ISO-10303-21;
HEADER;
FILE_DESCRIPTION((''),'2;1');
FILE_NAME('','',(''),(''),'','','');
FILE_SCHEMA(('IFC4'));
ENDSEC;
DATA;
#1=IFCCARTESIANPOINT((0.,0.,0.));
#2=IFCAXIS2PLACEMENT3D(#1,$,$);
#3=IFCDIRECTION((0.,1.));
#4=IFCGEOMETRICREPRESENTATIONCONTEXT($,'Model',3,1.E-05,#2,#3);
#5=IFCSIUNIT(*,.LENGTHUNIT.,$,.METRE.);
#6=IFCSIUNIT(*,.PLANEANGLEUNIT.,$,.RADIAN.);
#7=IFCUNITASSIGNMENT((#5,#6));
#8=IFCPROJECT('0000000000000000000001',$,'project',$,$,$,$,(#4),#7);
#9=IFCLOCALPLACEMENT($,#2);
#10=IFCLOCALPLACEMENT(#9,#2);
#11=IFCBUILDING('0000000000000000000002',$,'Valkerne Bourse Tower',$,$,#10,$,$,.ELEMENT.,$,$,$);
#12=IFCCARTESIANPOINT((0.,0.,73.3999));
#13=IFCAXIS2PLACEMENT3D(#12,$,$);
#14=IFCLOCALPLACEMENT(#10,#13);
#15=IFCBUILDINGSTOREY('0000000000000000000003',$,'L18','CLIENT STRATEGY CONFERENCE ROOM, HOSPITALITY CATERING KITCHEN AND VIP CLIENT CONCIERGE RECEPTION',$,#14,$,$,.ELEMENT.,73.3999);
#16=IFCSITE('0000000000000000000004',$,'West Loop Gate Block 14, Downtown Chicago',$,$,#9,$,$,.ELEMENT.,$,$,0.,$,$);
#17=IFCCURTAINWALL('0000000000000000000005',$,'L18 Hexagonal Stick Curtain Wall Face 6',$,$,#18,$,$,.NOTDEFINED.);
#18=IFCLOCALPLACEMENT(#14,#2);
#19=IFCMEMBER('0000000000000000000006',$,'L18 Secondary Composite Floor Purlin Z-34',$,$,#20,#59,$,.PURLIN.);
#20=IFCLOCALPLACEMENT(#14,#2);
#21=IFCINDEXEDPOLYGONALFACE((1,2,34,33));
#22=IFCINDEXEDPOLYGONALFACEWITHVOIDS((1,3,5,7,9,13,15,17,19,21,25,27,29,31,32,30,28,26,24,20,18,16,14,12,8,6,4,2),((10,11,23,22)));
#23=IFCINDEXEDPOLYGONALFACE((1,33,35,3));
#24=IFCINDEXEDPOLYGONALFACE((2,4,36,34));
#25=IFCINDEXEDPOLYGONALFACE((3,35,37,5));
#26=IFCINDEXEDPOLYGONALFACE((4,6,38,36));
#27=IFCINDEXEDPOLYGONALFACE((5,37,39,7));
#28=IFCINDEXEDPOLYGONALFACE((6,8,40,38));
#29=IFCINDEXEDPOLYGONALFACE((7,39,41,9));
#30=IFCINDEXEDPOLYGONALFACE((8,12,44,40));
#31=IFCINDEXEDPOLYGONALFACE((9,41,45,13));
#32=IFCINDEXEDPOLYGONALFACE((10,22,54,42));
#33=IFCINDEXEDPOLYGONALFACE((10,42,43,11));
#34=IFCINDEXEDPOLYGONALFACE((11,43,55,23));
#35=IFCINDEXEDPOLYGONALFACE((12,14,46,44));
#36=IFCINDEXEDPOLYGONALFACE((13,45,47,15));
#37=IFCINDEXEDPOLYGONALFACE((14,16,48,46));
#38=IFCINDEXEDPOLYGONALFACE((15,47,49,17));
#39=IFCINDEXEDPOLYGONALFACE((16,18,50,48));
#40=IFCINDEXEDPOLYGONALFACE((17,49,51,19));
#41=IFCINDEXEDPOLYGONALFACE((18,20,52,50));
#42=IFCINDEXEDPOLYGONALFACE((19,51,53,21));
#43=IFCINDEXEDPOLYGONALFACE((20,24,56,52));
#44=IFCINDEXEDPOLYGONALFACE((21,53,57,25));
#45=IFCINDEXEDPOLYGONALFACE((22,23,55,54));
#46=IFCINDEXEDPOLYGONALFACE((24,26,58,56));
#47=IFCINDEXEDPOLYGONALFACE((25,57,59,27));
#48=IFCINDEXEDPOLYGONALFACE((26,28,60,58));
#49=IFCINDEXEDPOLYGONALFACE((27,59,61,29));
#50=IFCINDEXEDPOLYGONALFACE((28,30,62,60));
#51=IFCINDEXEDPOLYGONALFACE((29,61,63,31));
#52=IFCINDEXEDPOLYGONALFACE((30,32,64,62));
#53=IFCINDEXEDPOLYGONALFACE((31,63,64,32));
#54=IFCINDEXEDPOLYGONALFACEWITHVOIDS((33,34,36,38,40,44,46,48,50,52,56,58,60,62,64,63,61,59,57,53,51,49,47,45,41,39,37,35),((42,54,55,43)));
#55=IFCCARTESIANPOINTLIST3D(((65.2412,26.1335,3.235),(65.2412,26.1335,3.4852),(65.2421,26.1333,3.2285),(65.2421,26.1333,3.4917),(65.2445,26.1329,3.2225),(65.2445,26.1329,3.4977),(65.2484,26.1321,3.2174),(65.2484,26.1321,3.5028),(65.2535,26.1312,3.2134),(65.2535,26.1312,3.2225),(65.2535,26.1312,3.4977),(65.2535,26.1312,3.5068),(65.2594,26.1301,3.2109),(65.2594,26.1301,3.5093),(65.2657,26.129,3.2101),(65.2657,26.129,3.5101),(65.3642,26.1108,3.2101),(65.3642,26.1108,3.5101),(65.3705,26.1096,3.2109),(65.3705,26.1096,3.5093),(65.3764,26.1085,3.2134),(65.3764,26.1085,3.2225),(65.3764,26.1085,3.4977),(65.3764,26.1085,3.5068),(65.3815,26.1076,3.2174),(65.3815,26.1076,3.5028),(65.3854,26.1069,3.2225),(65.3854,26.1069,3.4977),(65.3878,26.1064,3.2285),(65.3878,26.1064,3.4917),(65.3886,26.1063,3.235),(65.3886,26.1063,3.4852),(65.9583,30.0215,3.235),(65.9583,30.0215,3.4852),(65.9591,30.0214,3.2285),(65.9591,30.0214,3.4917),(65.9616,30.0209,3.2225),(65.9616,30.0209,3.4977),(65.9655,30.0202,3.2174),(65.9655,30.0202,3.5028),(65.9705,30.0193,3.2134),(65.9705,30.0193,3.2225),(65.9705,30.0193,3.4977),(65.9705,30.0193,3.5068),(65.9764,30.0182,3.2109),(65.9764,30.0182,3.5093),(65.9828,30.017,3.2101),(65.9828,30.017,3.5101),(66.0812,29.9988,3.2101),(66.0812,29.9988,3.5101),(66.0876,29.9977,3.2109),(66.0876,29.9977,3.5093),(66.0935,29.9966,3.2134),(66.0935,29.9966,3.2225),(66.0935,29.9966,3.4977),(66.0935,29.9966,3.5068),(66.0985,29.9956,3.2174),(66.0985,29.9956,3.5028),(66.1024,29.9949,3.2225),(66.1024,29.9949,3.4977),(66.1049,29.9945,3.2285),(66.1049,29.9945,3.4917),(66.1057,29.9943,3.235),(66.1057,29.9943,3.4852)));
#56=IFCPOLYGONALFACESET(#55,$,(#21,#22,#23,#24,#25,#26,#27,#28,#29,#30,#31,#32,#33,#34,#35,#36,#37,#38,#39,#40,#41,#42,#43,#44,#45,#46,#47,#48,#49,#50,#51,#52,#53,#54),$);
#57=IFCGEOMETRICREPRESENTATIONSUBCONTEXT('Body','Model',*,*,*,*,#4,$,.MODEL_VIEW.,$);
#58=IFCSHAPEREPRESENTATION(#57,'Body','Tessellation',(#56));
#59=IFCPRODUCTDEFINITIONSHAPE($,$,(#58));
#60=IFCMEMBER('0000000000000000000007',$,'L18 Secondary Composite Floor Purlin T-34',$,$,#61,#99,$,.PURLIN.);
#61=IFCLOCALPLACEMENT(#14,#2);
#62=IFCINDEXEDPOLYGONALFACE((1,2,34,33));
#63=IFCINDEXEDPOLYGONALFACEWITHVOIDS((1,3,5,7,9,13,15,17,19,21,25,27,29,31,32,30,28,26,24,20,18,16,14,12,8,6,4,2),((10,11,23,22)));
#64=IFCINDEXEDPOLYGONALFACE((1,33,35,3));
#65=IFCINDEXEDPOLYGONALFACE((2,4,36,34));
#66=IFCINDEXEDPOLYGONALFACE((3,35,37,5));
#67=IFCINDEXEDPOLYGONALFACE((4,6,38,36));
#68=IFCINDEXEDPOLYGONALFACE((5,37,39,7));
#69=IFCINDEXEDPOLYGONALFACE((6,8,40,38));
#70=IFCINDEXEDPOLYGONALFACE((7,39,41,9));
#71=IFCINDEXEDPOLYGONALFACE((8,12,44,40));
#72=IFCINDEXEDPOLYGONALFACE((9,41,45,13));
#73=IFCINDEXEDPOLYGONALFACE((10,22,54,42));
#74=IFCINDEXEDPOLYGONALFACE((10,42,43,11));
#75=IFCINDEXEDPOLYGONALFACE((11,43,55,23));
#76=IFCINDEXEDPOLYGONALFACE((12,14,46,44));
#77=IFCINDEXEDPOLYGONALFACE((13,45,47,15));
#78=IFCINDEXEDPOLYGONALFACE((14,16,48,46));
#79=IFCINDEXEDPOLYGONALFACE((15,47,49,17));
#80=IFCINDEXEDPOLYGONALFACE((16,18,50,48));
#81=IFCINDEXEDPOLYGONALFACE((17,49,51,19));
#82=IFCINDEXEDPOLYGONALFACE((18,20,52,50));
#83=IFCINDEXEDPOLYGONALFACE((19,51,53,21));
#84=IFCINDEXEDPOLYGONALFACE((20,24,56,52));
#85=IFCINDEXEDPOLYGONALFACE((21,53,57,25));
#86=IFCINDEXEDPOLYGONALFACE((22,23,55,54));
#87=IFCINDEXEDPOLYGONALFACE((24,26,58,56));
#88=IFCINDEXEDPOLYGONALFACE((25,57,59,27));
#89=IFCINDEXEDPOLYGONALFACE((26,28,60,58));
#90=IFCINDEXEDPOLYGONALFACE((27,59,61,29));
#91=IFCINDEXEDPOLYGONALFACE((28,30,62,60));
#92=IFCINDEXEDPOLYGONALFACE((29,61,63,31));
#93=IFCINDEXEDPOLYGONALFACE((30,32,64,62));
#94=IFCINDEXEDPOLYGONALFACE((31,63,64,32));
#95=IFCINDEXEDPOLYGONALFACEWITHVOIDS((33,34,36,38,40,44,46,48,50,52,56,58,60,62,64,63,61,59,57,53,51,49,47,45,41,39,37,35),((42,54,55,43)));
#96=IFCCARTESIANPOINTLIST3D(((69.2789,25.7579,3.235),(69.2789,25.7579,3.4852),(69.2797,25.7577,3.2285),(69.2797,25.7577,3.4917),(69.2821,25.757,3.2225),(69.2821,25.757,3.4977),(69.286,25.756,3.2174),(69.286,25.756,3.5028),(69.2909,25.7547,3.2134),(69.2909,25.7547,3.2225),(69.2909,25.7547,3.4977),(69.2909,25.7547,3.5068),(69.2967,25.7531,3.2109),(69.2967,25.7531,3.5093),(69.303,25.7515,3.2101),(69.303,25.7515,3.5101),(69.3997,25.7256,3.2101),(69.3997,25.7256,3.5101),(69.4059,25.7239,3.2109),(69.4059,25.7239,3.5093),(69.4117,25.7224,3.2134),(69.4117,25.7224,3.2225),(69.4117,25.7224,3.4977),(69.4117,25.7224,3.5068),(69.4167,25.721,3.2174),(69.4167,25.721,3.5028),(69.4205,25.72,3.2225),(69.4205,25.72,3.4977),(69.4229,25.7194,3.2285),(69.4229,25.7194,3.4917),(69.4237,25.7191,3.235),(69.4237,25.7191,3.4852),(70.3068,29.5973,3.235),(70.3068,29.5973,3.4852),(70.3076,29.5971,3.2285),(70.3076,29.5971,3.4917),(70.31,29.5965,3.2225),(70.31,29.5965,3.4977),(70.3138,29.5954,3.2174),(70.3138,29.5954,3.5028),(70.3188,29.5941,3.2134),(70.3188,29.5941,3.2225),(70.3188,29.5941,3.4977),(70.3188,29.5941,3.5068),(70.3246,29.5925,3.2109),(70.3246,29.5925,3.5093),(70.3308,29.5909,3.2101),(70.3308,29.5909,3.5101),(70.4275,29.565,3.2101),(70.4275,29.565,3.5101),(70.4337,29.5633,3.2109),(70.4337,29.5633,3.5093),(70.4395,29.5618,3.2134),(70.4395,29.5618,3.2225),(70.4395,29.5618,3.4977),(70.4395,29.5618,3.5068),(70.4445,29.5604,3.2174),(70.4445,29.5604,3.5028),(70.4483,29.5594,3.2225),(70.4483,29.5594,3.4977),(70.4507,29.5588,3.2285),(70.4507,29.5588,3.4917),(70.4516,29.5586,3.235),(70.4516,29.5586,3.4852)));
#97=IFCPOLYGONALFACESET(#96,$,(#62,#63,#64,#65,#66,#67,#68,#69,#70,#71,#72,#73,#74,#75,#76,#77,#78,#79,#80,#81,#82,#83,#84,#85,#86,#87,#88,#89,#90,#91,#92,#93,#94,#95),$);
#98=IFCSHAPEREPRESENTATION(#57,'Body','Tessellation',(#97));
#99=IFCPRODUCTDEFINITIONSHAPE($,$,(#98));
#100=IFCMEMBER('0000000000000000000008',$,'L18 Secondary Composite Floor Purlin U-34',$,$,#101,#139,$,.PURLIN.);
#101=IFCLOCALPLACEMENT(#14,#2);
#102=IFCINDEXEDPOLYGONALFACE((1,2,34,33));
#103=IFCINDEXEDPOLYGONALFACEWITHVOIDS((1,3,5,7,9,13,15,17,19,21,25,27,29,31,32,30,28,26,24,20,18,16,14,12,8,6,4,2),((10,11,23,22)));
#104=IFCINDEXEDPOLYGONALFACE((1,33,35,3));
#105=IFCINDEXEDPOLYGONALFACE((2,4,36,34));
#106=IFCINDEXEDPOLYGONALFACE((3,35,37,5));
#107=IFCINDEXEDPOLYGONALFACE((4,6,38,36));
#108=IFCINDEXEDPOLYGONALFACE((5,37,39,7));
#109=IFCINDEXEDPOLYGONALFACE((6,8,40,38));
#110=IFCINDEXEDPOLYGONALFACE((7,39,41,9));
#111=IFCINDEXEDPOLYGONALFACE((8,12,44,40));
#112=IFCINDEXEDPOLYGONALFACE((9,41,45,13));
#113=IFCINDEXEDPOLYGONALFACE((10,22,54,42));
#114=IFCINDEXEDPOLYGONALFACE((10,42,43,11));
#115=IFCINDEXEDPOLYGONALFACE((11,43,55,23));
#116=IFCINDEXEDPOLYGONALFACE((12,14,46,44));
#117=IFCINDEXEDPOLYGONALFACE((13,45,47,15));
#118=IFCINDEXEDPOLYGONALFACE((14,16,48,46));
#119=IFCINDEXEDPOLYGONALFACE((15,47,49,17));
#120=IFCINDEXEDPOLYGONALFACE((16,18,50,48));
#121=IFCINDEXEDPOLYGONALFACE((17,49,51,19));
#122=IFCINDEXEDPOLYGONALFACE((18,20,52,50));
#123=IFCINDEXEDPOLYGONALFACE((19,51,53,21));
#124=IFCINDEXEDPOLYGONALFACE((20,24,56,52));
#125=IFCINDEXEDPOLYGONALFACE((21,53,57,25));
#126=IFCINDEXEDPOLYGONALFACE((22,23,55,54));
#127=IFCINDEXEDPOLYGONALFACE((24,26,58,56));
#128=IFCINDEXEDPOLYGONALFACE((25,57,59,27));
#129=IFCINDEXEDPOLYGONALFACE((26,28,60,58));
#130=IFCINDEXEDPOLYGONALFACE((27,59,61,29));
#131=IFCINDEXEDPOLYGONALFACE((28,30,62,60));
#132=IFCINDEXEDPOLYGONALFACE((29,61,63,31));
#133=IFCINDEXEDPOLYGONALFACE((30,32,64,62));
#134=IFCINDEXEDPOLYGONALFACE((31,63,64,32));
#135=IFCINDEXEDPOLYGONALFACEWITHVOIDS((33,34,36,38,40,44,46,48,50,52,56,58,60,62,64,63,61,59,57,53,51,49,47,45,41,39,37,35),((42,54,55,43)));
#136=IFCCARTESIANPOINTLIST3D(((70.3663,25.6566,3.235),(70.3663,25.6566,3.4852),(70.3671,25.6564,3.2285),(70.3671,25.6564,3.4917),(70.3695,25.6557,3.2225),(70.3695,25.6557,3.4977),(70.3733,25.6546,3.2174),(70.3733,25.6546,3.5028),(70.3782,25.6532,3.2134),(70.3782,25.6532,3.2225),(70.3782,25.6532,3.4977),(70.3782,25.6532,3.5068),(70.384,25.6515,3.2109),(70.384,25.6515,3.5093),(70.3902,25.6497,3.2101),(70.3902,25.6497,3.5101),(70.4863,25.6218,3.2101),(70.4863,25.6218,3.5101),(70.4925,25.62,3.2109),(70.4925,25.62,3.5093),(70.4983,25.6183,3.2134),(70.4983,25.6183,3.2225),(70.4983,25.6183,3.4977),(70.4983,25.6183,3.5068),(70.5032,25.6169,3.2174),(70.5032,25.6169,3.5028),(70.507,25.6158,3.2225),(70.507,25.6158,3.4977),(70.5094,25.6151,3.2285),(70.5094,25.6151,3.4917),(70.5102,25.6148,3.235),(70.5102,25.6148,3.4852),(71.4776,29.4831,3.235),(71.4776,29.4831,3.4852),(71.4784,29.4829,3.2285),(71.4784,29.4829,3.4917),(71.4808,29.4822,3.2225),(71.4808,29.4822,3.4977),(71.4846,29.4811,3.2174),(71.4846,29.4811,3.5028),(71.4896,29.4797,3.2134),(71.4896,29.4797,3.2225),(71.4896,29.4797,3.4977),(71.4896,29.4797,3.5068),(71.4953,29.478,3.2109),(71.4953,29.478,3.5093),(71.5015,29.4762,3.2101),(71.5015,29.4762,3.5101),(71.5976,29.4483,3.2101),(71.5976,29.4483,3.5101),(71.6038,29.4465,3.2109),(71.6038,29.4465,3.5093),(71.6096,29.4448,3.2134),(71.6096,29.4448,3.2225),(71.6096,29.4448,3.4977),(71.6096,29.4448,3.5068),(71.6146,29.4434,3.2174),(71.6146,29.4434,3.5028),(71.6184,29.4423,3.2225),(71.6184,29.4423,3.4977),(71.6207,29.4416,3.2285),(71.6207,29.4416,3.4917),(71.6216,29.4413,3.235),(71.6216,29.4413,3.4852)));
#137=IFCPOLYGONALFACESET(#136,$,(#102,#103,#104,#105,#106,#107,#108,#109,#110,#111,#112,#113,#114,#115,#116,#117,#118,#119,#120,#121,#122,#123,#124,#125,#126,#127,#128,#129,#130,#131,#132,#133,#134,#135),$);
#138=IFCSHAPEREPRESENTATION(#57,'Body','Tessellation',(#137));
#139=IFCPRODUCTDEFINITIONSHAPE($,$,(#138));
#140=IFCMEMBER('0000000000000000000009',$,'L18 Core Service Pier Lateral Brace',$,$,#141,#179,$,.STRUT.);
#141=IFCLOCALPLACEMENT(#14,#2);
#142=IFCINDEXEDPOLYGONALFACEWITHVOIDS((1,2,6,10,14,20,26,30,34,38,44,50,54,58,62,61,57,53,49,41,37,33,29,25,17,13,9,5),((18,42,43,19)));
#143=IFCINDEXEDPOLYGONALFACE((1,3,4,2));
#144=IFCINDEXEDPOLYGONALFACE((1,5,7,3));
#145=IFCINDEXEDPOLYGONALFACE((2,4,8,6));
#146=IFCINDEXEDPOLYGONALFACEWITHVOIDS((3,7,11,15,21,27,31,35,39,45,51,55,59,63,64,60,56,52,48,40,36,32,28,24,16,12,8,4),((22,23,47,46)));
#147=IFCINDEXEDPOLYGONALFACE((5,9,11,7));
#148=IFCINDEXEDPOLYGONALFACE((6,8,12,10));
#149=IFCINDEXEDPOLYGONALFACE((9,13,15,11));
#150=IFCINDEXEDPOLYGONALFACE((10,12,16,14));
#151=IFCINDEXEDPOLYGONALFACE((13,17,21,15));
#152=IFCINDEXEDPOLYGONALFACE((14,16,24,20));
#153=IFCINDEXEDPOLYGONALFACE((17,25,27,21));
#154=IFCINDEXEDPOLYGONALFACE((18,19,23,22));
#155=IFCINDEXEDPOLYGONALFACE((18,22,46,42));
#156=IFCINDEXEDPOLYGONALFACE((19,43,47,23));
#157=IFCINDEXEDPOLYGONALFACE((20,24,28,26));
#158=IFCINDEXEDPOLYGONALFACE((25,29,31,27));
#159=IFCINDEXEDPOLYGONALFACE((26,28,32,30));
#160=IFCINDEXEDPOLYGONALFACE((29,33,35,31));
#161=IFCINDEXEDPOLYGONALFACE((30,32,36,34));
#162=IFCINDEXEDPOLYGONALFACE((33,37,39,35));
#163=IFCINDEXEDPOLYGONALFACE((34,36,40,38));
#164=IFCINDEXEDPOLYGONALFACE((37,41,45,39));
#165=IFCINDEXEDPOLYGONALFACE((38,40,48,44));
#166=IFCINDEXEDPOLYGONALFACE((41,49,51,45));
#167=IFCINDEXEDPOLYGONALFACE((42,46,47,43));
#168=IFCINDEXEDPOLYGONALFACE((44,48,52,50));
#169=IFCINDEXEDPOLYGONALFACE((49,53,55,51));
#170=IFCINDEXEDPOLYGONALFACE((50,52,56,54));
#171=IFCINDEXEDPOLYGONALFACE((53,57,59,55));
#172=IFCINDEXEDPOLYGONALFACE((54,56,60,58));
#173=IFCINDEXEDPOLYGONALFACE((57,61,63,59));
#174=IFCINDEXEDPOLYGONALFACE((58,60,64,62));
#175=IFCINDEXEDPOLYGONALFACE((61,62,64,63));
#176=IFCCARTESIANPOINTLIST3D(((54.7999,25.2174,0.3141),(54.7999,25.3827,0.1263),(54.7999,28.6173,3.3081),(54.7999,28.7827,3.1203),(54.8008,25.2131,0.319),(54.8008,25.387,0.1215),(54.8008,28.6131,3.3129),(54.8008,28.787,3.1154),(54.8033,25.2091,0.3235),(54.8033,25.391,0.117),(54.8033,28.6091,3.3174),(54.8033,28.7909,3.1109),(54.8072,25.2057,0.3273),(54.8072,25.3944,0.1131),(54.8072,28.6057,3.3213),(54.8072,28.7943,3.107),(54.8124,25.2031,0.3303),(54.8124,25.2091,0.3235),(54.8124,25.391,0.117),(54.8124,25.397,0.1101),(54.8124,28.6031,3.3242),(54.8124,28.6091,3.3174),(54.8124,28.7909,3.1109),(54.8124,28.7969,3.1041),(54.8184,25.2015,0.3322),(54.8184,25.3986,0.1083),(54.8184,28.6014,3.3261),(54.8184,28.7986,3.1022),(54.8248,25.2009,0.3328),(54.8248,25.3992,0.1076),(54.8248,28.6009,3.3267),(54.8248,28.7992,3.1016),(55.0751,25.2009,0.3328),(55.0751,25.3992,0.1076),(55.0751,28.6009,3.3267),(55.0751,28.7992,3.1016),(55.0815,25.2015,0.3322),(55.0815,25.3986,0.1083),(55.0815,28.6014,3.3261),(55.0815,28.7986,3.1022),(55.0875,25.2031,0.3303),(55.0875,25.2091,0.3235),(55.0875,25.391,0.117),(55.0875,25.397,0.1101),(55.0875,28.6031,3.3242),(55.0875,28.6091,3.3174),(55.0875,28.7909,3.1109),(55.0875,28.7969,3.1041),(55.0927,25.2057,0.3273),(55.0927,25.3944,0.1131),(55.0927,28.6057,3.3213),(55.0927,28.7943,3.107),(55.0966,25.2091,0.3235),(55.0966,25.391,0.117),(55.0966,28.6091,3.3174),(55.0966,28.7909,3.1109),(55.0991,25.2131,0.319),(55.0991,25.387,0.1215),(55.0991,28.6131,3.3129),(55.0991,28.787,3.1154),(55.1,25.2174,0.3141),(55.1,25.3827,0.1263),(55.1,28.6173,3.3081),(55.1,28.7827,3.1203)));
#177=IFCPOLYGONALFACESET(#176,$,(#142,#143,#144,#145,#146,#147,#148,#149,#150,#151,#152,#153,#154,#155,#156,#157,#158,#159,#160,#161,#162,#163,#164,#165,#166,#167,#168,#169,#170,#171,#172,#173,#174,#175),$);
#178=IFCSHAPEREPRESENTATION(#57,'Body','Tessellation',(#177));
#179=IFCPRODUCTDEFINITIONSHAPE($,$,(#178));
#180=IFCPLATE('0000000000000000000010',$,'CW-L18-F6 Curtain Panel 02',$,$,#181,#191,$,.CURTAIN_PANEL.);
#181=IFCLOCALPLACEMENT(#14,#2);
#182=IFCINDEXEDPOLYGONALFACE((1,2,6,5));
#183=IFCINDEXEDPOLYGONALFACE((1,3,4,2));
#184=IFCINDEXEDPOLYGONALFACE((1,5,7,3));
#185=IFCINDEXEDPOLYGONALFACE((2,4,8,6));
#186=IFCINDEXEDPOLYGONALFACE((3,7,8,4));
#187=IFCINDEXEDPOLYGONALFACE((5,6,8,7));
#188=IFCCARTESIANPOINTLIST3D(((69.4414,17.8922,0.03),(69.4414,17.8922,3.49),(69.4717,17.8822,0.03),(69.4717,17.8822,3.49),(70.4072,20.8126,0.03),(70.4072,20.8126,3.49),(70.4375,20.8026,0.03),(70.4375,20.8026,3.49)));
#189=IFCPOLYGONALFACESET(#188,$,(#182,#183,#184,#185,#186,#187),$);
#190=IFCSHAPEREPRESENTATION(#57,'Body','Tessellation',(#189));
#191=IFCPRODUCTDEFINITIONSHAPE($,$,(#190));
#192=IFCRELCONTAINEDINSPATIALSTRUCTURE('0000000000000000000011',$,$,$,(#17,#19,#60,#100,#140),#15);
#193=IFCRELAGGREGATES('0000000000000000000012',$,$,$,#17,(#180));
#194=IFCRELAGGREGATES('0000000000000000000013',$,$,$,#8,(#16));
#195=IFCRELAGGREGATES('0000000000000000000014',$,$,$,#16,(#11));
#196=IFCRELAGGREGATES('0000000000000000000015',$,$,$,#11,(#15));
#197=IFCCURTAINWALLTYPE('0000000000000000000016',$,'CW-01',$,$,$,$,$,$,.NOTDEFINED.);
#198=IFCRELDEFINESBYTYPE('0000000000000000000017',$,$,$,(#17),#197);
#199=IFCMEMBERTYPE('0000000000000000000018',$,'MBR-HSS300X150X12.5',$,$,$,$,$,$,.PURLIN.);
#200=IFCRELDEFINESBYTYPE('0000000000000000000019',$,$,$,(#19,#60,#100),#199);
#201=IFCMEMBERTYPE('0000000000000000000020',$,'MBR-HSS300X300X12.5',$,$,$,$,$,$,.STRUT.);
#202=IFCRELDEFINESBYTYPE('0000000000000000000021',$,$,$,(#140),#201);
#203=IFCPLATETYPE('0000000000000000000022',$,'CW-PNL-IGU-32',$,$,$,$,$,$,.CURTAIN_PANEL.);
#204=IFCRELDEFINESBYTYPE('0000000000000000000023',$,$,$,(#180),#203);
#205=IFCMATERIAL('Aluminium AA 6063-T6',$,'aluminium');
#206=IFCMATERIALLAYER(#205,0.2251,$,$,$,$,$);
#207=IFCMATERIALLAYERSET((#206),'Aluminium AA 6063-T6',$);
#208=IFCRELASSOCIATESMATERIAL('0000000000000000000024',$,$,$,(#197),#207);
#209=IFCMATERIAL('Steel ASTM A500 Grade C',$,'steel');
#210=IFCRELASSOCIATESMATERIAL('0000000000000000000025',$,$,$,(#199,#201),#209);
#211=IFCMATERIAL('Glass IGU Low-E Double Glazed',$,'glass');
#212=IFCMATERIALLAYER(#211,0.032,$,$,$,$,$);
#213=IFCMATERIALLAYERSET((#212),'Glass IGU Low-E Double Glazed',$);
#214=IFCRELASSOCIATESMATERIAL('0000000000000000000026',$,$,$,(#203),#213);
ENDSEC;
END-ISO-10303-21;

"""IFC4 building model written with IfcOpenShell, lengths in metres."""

from ifc_helpers import new_model, si_unit, direction, frame, origin, origin_2d, place, context, subcontext, project, spatial, rectangle, hollow_rectangle, extrude, material, layer, layer_set, material_profile, profile_set, type_object, element, aggregate, save


model = new_model("IFC4")

# Units and contexts
model_context = context("Model", 3, precision=1e-05, world=origin(), true_north=direction((0.0, 1.0)))
body_context = subcontext(model_context, "Body", "Model", "MODEL_VIEW")
ifc_project = project(units=[si_unit("LENGTHUNIT", "METRE"), si_unit("PLANEANGLEUNIT", "RADIAN")], contexts=[model_context])

# Site, building, storey
site_placement = place(None, origin())
site = spatial("IfcSite", under=ifc_project, at=site_placement, Name="West Loop Gate Block 14, Downtown Chicago", CompositionType="ELEMENT", RefElevation=0.0)
building_placement = place(site_placement, origin())
building = spatial("IfcBuilding", under=site, at=building_placement, Name="Valkerne Bourse Tower", CompositionType="ELEMENT")
storey_placement = place(building_placement, frame((0.0, 0.0, 73.3999)))
storey = spatial("IfcBuildingStorey", under=building, at=storey_placement, Name="L18", Description="CLIENT STRATEGY CONFERENCE ROOM, HOSPITALITY CATERING KITCHEN AND VIP CLIENT CONCIERGE RECEPTION", CompositionType="ELEMENT", Elevation=73.3999)

# Curtain wall
ifc_material_1 = material(Name="Aluminium AA 6063-T6", Category="aluminium")
ifc_layer_1 = layer(ifc_material_1, 0.2251)
ifc_layer_set_1 = layer_set([ifc_layer_1], Name="Aluminium AA 6063-T6")
curtain_wall_type = type_object("IfcCurtainWallType", Name="CW-01", PredefinedType="NOTDEFINED", material=ifc_layer_set_1)
curtain_wall_placement = place(storey_placement, origin())
curtain_wall = element("IfcCurtainWall", 1, at=curtain_wall_placement, inside=storey, type_object=curtain_wall_type, Name="L18 Hexagonal Stick Curtain Wall Face 6", PredefinedType="NOTDEFINED")

# Members
ifc_material_2 = material(Name="Steel ASTM A500 Grade C", Category="steel")
ifc_material_profile_1 = material_profile(ifc_material_2, hollow_rectangle(XDim=0.1499, YDim=0.3, WallThickness=0.0125, OuterFilletRadius=0.0249, at=origin_2d()), Name="HSS300X150X12.5")
ifc_profile_set_1 = profile_set([ifc_material_profile_1], Name="Steel ASTM A500 Grade C")
member_type_1 = type_object("IfcMemberType", Name="MBR-HSS300X150X12.5", PredefinedType="PURLIN", material=ifc_profile_set_1)
member_1_placement = place(storey_placement, frame((65.3149, 26.1199, 3.3601), z_axis=(0.181368, 0.983415, 0.0), x_axis=(-0.983415, 0.181368, 0.0)))
element("IfcMember", 2, at=member_1_placement, inside=storey, type_object=member_type_1, Name="L18 Secondary Composite Floor Purlin Z-34", PredefinedType="PURLIN", context=body_context, shape_type="SweptSolid", body=[
    extrude(hollow_rectangle(XDim=0.1499, YDim=0.3, WallThickness=0.0125, OuterFilletRadius=0.0249, at=origin_2d()), origin(), (0.0, 0.0, 1.0), 3.9536),
])
member_2_placement = place(storey_placement, frame((69.3513, 25.7385, 3.3601), z_axis=(0.258603, 0.965984, 0.0), x_axis=(-0.965984, 0.258603, 0.0)))
element("IfcMember", 3, at=member_2_placement, inside=storey, type_object=member_type_1, Name="L18 Secondary Composite Floor Purlin T-34", PredefinedType="PURLIN", context=body_context, shape_type="SweptSolid", body=[
    extrude(hollow_rectangle(XDim=0.1499, YDim=0.3, WallThickness=0.0125, OuterFilletRadius=0.0249, at=origin_2d()), origin(), (0.0, 0.0, 1.0), 3.9746),
])
member_3_placement = place(storey_placement, frame((70.4382, 25.6357, 3.3601), z_axis=(0.27891, 0.960317, 0.0), x_axis=(-0.960317, 0.27891, 0.0)))
element("IfcMember", 4, at=member_3_placement, inside=storey, type_object=member_type_1, Name="L18 Secondary Composite Floor Purlin U-34", PredefinedType="PURLIN", context=body_context, shape_type="SweptSolid", body=[
    extrude(hollow_rectangle(XDim=0.1499, YDim=0.3, WallThickness=0.0125, OuterFilletRadius=0.0249, at=origin_2d()), origin(), (0.0, 0.0, 1.0), 3.9846),
])
ifc_material_profile_2 = material_profile(ifc_material_2, hollow_rectangle(XDim=0.3, YDim=0.3, WallThickness=0.0125, OuterFilletRadius=0.0249, at=origin_2d()), Name="HSS300X300X12.5")
ifc_profile_set_2 = profile_set([ifc_material_profile_2], Name="Steel ASTM A500 Grade C")
member_type_2 = type_object("IfcMemberType", Name="MBR-HSS300X300X12.5", PredefinedType="STRUT", material=ifc_profile_set_2)
member_4_placement = place(storey_placement, frame((54.95, 25.3, 0.2202), z_axis=(0.0, 0.750496, 0.660874), x_axis=(-1.0, 0.0, 0.0)))
element("IfcMember", 5, at=member_4_placement, inside=storey, type_object=member_type_2, Name="L18 Core Service Pier Lateral Brace", PredefinedType="STRUT", context=body_context, shape_type="SweptSolid", body=[
    extrude(hollow_rectangle(XDim=0.3, YDim=0.3, WallThickness=0.0125, OuterFilletRadius=0.0249, at=origin_2d()), origin(), (0.0, 0.0, 1.0), 4.5303),
])

# Plate
ifc_material_3 = material(Name="Glass IGU Low-E Double Glazed", Category="glass")
ifc_layer_2 = layer(ifc_material_3, 0.032)
ifc_layer_set_2 = layer_set([ifc_layer_2], Name="Glass IGU Low-E Double Glazed")
plate_type_1 = type_object("IfcPlateType", Name="CW-PNL-IGU-32", PredefinedType="CURTAIN_PANEL", material=ifc_layer_set_2)
plate_1_placement = place(storey_placement, frame((69.9395, 19.3474, 0.03), z_axis=(0.0, 0.0, 1.0), x_axis=(0.31399, 0.949426, 0.0)))
plate_1 = element("IfcPlate", 6, at=plate_1_placement, type_object=plate_type_1, Name="CW-L18-F6 Curtain Panel 02", PredefinedType="CURTAIN_PANEL", context=body_context, shape_type="SweptSolid", body=[
    extrude(rectangle(XDim=3.0759, YDim=0.032, at=origin_2d()), origin(), (0.0, 0.0, 1.0), 3.46),
])
aggregate(curtain_wall, [plate_1])

save(model, "model.ifc")
